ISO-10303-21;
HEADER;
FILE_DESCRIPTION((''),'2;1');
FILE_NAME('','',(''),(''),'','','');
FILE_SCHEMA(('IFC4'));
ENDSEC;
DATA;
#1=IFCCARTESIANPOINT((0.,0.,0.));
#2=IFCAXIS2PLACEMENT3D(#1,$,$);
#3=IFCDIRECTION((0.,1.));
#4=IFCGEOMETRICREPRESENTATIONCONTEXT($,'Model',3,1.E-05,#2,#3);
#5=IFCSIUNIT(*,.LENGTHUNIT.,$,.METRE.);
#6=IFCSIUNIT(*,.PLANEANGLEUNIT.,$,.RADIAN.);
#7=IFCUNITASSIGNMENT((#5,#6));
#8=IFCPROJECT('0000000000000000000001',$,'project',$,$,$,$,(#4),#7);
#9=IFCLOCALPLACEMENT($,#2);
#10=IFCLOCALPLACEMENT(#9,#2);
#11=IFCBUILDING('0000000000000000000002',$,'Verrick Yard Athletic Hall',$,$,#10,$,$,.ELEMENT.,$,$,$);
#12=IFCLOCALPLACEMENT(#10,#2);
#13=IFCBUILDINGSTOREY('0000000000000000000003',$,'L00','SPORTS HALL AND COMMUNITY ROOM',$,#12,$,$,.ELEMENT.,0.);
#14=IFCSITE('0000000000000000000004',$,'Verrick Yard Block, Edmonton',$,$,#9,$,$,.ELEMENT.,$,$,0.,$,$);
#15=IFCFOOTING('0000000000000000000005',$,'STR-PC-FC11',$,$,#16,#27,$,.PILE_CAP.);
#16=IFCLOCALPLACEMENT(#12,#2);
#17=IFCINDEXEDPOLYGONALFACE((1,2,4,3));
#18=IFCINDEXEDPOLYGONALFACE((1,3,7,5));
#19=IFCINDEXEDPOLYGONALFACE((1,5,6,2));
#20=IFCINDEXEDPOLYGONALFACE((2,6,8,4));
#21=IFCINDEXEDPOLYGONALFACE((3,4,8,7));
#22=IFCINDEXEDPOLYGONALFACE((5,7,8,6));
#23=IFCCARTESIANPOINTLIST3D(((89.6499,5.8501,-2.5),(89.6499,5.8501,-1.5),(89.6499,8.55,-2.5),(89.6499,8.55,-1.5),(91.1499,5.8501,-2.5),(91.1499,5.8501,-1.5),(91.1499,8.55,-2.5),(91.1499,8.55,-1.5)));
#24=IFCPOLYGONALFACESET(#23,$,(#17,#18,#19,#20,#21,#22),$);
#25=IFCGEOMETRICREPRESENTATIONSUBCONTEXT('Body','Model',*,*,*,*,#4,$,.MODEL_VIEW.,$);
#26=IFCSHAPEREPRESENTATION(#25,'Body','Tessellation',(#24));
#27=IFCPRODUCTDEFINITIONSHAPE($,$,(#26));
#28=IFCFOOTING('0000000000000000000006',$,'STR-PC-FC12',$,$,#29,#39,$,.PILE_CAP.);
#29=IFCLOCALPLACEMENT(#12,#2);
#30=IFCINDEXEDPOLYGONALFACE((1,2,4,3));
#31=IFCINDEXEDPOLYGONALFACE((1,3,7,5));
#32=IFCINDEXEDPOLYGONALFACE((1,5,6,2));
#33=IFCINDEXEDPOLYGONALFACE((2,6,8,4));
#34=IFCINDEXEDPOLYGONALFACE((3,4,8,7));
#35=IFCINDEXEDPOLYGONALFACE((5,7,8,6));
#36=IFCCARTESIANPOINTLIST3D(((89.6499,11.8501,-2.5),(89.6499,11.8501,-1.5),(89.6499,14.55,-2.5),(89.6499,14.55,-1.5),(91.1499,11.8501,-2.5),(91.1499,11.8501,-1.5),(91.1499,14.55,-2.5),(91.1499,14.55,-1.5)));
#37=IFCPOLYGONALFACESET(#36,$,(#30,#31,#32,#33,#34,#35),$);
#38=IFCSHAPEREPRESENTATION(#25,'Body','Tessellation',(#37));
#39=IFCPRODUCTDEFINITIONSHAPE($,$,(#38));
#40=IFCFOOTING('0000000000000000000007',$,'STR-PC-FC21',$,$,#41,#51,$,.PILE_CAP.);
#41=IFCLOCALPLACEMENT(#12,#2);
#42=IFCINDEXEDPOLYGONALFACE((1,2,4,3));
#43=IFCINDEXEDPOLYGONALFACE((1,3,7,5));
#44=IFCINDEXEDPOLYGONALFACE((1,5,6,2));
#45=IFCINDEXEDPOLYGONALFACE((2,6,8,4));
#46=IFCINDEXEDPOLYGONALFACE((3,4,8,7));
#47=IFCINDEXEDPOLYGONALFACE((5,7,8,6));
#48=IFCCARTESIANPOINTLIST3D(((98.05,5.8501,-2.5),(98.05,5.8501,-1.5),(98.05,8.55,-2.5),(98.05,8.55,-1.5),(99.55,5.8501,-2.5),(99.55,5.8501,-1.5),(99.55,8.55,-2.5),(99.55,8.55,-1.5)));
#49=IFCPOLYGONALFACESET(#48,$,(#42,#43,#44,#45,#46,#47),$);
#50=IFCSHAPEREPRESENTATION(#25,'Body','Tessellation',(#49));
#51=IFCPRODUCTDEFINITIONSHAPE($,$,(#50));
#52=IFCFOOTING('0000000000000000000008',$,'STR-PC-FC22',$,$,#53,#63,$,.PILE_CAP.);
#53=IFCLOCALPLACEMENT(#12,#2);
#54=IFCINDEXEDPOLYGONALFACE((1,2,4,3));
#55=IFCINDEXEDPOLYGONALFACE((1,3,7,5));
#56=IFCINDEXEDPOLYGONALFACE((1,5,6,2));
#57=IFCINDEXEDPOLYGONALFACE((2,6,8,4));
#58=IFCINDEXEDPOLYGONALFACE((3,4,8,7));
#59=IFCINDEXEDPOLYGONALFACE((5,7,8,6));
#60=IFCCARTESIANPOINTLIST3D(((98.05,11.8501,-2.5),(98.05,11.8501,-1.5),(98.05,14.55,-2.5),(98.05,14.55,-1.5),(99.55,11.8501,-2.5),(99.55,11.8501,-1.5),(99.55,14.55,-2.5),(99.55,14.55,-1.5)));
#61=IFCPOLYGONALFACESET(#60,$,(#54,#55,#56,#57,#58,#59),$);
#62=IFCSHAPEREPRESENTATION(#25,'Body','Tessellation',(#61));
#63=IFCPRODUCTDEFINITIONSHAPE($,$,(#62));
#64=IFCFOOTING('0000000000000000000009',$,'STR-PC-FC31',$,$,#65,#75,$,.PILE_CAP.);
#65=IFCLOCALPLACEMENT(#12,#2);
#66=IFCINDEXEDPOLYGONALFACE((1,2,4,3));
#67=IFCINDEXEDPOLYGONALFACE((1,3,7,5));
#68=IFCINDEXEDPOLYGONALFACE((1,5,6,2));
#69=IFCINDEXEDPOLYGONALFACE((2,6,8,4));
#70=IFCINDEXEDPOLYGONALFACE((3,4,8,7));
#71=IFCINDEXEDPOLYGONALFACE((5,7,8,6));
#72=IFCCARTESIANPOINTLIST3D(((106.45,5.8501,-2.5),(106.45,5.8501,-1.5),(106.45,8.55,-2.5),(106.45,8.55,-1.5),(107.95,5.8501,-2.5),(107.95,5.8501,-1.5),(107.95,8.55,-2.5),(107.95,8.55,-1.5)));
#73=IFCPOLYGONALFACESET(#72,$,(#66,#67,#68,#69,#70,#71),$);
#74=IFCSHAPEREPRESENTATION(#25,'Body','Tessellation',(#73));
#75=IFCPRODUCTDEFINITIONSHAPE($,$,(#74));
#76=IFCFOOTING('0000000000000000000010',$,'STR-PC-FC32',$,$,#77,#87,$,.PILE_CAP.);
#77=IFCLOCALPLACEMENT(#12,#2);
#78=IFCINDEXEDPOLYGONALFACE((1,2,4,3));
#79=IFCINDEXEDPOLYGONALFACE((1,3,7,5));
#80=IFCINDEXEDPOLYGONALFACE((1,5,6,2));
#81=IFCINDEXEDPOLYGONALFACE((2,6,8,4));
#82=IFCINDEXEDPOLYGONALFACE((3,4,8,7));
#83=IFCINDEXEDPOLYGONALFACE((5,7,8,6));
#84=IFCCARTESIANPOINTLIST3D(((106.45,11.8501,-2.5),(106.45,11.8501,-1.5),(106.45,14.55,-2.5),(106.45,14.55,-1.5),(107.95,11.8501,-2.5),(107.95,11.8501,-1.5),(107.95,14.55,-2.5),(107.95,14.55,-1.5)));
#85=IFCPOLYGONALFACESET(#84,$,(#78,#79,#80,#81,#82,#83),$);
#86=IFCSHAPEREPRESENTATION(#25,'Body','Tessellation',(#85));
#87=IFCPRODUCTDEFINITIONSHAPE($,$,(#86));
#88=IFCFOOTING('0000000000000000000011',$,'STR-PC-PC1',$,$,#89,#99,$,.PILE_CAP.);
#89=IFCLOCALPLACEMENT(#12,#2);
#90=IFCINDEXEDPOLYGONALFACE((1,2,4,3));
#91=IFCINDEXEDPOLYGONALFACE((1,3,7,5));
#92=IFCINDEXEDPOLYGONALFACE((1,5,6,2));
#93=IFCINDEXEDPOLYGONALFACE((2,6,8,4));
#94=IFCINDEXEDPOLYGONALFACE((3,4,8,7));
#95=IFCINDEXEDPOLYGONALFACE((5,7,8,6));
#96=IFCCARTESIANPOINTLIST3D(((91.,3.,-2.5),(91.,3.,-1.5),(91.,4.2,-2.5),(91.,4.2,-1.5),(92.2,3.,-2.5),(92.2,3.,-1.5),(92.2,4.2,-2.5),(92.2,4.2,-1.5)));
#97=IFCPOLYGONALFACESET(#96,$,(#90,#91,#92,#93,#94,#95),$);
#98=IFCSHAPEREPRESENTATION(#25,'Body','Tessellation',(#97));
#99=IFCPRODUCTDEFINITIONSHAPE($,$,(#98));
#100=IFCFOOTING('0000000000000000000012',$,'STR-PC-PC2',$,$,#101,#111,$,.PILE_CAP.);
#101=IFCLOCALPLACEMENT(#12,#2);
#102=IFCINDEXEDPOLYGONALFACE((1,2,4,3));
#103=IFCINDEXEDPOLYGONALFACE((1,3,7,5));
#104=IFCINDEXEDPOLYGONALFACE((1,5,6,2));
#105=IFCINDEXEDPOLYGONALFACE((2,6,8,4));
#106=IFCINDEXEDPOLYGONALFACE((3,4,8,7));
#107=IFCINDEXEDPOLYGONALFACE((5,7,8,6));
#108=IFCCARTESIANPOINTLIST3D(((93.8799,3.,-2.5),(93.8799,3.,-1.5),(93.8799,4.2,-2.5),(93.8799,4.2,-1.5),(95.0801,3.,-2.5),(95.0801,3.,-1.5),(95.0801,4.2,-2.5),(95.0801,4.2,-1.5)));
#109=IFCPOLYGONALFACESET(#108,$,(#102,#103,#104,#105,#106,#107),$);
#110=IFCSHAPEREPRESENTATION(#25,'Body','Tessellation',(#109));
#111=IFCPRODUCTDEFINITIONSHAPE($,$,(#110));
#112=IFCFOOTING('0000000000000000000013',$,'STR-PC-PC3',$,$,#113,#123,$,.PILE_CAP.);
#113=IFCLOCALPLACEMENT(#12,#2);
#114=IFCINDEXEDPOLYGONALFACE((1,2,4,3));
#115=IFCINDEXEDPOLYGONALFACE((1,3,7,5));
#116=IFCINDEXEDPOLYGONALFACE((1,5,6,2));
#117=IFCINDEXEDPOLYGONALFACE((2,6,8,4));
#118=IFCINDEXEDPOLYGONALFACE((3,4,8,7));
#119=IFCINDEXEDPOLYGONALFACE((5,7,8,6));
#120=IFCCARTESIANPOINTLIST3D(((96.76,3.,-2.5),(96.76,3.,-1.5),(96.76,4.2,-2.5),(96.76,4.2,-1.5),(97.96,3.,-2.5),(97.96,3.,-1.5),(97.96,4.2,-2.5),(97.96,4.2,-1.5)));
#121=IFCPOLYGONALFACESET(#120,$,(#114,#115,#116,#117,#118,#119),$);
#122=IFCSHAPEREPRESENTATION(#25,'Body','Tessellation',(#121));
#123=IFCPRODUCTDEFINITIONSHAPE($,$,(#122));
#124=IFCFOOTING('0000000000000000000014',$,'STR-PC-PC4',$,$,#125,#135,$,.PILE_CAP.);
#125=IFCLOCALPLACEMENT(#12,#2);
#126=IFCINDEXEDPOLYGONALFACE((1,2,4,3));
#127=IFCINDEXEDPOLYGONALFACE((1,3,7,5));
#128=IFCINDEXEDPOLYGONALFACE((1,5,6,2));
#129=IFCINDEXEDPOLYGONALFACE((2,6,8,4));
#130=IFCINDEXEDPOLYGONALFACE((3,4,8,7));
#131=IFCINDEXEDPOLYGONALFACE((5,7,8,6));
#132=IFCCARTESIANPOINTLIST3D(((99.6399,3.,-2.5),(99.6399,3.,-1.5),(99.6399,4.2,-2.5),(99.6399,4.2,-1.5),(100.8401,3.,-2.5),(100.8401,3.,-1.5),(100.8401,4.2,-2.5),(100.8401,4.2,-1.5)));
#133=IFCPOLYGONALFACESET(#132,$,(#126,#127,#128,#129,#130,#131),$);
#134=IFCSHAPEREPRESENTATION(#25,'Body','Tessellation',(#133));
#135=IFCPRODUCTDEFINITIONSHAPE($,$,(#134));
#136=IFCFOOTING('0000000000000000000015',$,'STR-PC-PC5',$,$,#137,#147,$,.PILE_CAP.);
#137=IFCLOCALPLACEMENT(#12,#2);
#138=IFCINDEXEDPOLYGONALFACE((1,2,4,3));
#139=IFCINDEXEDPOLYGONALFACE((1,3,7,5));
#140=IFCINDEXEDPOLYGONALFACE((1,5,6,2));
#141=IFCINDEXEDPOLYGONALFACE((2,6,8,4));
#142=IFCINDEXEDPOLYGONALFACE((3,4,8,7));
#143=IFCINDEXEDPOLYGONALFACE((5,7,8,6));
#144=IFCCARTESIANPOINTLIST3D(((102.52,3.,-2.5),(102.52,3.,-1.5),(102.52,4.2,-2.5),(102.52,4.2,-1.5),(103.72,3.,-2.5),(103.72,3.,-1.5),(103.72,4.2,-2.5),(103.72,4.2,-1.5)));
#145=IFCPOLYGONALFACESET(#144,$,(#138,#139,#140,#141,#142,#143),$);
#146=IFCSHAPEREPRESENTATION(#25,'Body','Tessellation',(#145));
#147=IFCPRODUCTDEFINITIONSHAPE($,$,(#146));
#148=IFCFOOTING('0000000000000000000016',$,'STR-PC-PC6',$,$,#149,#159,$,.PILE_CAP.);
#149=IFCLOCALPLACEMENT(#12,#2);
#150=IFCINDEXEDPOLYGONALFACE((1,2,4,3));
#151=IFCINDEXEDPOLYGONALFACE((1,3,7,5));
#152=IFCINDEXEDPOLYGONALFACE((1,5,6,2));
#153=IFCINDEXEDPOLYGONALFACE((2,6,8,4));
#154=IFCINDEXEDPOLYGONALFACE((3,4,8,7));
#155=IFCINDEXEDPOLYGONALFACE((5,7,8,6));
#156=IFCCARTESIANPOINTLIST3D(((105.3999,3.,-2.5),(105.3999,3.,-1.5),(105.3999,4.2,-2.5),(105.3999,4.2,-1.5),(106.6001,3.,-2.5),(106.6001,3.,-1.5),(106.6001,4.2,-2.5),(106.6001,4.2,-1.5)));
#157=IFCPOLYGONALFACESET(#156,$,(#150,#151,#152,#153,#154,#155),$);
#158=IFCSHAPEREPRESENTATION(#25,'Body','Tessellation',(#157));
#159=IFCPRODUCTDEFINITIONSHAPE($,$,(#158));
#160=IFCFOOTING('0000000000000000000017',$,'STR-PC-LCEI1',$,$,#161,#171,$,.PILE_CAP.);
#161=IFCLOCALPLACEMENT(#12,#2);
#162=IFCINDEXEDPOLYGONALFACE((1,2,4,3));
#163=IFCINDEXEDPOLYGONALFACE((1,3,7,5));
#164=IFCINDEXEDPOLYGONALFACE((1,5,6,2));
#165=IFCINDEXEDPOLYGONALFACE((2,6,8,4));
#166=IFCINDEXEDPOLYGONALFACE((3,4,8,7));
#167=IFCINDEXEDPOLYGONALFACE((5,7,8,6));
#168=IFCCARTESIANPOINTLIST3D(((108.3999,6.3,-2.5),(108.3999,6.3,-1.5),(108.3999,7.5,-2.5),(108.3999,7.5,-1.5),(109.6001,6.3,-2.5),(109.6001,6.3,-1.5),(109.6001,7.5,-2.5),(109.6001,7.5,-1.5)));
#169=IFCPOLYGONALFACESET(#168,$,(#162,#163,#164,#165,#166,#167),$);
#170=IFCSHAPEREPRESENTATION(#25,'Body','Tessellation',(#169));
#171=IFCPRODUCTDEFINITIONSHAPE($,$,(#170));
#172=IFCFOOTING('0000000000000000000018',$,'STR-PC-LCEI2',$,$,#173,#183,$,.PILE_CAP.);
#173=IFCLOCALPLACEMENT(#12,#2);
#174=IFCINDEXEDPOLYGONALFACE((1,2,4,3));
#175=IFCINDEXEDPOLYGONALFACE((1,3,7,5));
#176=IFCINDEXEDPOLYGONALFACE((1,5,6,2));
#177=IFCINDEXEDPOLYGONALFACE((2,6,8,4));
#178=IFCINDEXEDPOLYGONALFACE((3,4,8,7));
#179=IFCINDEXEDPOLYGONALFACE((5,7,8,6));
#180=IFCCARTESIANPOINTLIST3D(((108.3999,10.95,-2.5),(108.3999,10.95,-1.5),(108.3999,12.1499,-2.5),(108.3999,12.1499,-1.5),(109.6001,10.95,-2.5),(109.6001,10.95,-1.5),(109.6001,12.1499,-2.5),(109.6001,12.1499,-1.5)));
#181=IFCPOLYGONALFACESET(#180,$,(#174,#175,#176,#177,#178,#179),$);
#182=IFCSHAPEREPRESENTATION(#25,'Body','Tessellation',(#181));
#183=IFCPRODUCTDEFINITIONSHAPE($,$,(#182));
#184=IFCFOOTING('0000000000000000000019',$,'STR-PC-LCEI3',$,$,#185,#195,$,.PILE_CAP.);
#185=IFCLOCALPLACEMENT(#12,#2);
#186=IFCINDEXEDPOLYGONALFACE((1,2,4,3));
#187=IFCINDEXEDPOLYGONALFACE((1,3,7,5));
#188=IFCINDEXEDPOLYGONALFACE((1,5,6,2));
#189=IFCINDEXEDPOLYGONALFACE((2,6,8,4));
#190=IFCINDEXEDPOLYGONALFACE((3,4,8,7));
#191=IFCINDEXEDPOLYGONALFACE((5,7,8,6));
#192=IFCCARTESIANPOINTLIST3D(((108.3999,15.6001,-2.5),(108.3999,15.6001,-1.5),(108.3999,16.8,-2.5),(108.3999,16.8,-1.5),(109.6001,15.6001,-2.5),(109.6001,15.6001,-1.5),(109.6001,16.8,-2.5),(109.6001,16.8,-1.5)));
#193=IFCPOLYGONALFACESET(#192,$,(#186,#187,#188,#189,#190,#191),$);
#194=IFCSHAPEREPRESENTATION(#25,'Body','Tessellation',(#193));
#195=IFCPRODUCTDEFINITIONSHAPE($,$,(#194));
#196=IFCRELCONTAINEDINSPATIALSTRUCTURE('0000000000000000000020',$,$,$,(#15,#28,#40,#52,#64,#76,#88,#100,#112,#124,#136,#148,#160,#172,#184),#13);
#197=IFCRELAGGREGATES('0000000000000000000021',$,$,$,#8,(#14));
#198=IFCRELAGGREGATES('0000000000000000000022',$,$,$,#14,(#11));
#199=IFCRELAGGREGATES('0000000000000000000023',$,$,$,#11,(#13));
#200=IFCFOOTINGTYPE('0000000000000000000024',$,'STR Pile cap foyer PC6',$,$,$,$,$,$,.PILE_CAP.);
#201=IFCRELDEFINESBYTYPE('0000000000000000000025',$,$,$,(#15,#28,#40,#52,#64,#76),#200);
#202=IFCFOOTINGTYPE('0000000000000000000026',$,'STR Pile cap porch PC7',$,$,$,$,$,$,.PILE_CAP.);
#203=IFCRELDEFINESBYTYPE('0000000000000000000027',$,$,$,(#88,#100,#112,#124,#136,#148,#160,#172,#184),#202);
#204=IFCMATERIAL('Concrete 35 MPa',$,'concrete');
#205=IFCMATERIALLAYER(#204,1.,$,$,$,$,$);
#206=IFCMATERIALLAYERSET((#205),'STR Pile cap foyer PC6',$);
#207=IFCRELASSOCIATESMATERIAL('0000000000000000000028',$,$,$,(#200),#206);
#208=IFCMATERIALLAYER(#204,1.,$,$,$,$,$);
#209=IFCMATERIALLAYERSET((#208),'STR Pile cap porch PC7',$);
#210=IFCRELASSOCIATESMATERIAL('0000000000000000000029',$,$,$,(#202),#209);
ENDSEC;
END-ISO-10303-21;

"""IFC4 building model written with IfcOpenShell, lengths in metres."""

from ifc_helpers import new_model, si_unit, direction, frame, origin, place, context, subcontext, project, spatial, polyline, outline, extrude, material, layer, layer_set, type_object, element, save


model = new_model("IFC4")

# Units and contexts
model_context = context("Model", 3, precision=1e-05, world=origin(), true_north=direction((0.0, 1.0)))
body_context = subcontext(model_context, "Body", "Model", "MODEL_VIEW")
ifc_project = project(units=[si_unit("LENGTHUNIT", "METRE"), si_unit("PLANEANGLEUNIT", "RADIAN")], contexts=[model_context])

# Site, building, storey
site_placement = place(None, origin())
site = spatial("IfcSite", under=ifc_project, at=site_placement, Name="Verrick Yard Block, Edmonton", CompositionType="ELEMENT", RefElevation=0.0)
building_placement = place(site_placement, origin())
building = spatial("IfcBuilding", under=site, at=building_placement, Name="Verrick Yard Athletic Hall", CompositionType="ELEMENT")
storey_placement = place(building_placement, origin())
storey = spatial("IfcBuildingStorey", under=building, at=storey_placement, Name="L00", Description="SPORTS HALL AND COMMUNITY ROOM", CompositionType="ELEMENT", Elevation=0.0)

# Footings
ifc_material = material(Name="Concrete 35 MPa", Category="concrete")
ifc_layer_1 = layer(ifc_material, 1.0)
ifc_layer_set_1 = layer_set([ifc_layer_1], Name="STR Pile cap foyer PC6")
footing_type_1 = type_object("IfcFootingType", Name="STR Pile cap foyer PC6", PredefinedType="PILE_CAP", material=ifc_layer_set_1)
footing_1_placement = place(storey_placement, frame((0.0, 0.0, -2.5)))
element("IfcFooting", 1, at=footing_1_placement, inside=storey, type_object=footing_type_1, Name="STR-PC-FC11", PredefinedType="PILE_CAP", context=body_context, shape_type="SweptSolid", body=[
    extrude(outline(polyline([(89.6499, 5.8501), (91.1499, 5.8501), (91.1499, 8.55), (89.6499, 8.55), (89.6499, 5.8501)])), origin(), (0.0, 0.0, 1.0), 1.0),
])
footing_2_placement = place(storey_placement, frame((0.0, 0.0, -2.5)))
element("IfcFooting", 2, at=footing_2_placement, inside=storey, type_object=footing_type_1, Name="STR-PC-FC12", PredefinedType="PILE_CAP", context=body_context, shape_type="SweptSolid", body=[
    extrude(outline(polyline([(89.6499, 11.8501), (91.1499, 11.8501), (91.1499, 14.55), (89.6499, 14.55), (89.6499, 11.8501)])), origin(), (0.0, 0.0, 1.0), 1.0),
])
footing_3_placement = place(storey_placement, frame((0.0, 0.0, -2.5)))
element("IfcFooting", 3, at=footing_3_placement, inside=storey, type_object=footing_type_1, Name="STR-PC-FC21", PredefinedType="PILE_CAP", context=body_context, shape_type="SweptSolid", body=[
    extrude(outline(polyline([(98.05, 5.8501), (99.55, 5.8501), (99.55, 8.55), (98.05, 8.55), (98.05, 5.8501)])), origin(), (0.0, 0.0, 1.0), 1.0),
])
footing_4_placement = place(storey_placement, frame((0.0, 0.0, -2.5)))
element("IfcFooting", 4, at=footing_4_placement, inside=storey, type_object=footing_type_1, Name="STR-PC-FC22", PredefinedType="PILE_CAP", context=body_context, shape_type="SweptSolid", body=[
    extrude(outline(polyline([(98.05, 11.8501), (99.55, 11.8501), (99.55, 14.55), (98.05, 14.55), (98.05, 11.8501)])), origin(), (0.0, 0.0, 1.0), 1.0),
])
footing_5_placement = place(storey_placement, frame((0.0, 0.0, -2.5)))
element("IfcFooting", 5, at=footing_5_placement, inside=storey, type_object=footing_type_1, Name="STR-PC-FC31", PredefinedType="PILE_CAP", context=body_context, shape_type="SweptSolid", body=[
    extrude(outline(polyline([(106.45, 5.8501), (107.95, 5.8501), (107.95, 8.55), (106.45, 8.55), (106.45, 5.8501)])), origin(), (0.0, 0.0, 1.0), 1.0),
])
footing_6_placement = place(storey_placement, frame((0.0, 0.0, -2.5)))
element("IfcFooting", 6, at=footing_6_placement, inside=storey, type_object=footing_type_1, Name="STR-PC-FC32", PredefinedType="PILE_CAP", context=body_context, shape_type="SweptSolid", body=[
    extrude(outline(polyline([(106.45, 11.8501), (107.95, 11.8501), (107.95, 14.55), (106.45, 14.55), (106.45, 11.8501)])), origin(), (0.0, 0.0, 1.0), 1.0),
])
ifc_layer_2 = layer(ifc_material, 1.0)
ifc_layer_set_2 = layer_set([ifc_layer_2], Name="STR Pile cap porch PC7")
footing_type_2 = type_object("IfcFootingType", Name="STR Pile cap porch PC7", PredefinedType="PILE_CAP", material=ifc_layer_set_2)
footing_7_placement = place(storey_placement, frame((0.0, 0.0, -2.5)))
element("IfcFooting", 7, at=footing_7_placement, inside=storey, type_object=footing_type_2, Name="STR-PC-PC1", PredefinedType="PILE_CAP", context=body_context, shape_type="SweptSolid", body=[
    extrude(outline(polyline([(91.0, 3.0), (92.2, 3.0), (92.2, 4.2), (91.0, 4.2), (91.0, 3.0)])), origin(), (0.0, 0.0, 1.0), 1.0),
])
footing_8_placement = place(storey_placement, frame((0.0, 0.0, -2.5)))
element("IfcFooting", 8, at=footing_8_placement, inside=storey, type_object=footing_type_2, Name="STR-PC-PC2", PredefinedType="PILE_CAP", context=body_context, shape_type="SweptSolid", body=[
    extrude(outline(polyline([(93.8799, 3.0), (95.0801, 3.0), (95.0801, 4.2), (93.8799, 4.2), (93.8799, 3.0)])), origin(), (0.0, 0.0, 1.0), 1.0),
])
footing_9_placement = place(storey_placement, frame((0.0, 0.0, -2.5)))
element("IfcFooting", 9, at=footing_9_placement, inside=storey, type_object=footing_type_2, Name="STR-PC-PC3", PredefinedType="PILE_CAP", context=body_context, shape_type="SweptSolid", body=[
    extrude(outline(polyline([(96.76, 3.0), (97.96, 3.0), (97.96, 4.2), (96.76, 4.2), (96.76, 3.0)])), origin(), (0.0, 0.0, 1.0), 1.0),
])
footing_10_placement = place(storey_placement, frame((0.0, 0.0, -2.5)))
element("IfcFooting", 10, at=footing_10_placement, inside=storey, type_object=footing_type_2, Name="STR-PC-PC4", PredefinedType="PILE_CAP", context=body_context, shape_type="SweptSolid", body=[
    extrude(outline(polyline([(99.6399, 3.0), (100.8401, 3.0), (100.8401, 4.2), (99.6399, 4.2), (99.6399, 3.0)])), origin(), (0.0, 0.0, 1.0), 1.0),
])
footing_11_placement = place(storey_placement, frame((0.0, 0.0, -2.5)))
element("IfcFooting", 11, at=footing_11_placement, inside=storey, type_object=footing_type_2, Name="STR-PC-PC5", PredefinedType="PILE_CAP", context=body_context, shape_type="SweptSolid", body=[
    extrude(outline(polyline([(102.52, 3.0), (103.72, 3.0), (103.72, 4.2), (102.52, 4.2), (102.52, 3.0)])), origin(), (0.0, 0.0, 1.0), 1.0),
])
footing_12_placement = place(storey_placement, frame((0.0, 0.0, -2.5)))
element("IfcFooting", 12, at=footing_12_placement, inside=storey, type_object=footing_type_2, Name="STR-PC-PC6", PredefinedType="PILE_CAP", context=body_context, shape_type="SweptSolid", body=[
    extrude(outline(polyline([(105.3999, 3.0), (106.6001, 3.0), (106.6001, 4.2), (105.3999, 4.2), (105.3999, 3.0)])), origin(), (0.0, 0.0, 1.0), 1.0),
])
footing_13_placement = place(storey_placement, frame((0.0, 0.0, -2.5)))
element("IfcFooting", 13, at=footing_13_placement, inside=storey, type_object=footing_type_2, Name="STR-PC-LCEI1", PredefinedType="PILE_CAP", context=body_context, shape_type="SweptSolid", body=[
    extrude(outline(polyline([(108.3999, 6.3), (109.6001, 6.3), (109.6001, 7.5), (108.3999, 7.5), (108.3999, 6.3)])), origin(), (0.0, 0.0, 1.0), 1.0),
])
footing_14_placement = place(storey_placement, frame((0.0, 0.0, -2.5)))
element("IfcFooting", 14, at=footing_14_placement, inside=storey, type_object=footing_type_2, Name="STR-PC-LCEI2", PredefinedType="PILE_CAP", context=body_context, shape_type="SweptSolid", body=[
    extrude(outline(polyline([(108.3999, 10.95), (109.6001, 10.95), (109.6001, 12.1499), (108.3999, 12.1499), (108.3999, 10.95)])), origin(), (0.0, 0.0, 1.0), 1.0),
])
footing_15_placement = place(storey_placement, frame((0.0, 0.0, -2.5)))
element("IfcFooting", 15, at=footing_15_placement, inside=storey, type_object=footing_type_2, Name="STR-PC-LCEI3", PredefinedType="PILE_CAP", context=body_context, shape_type="SweptSolid", body=[
    extrude(outline(polyline([(108.3999, 15.6001), (109.6001, 15.6001), (109.6001, 16.8), (108.3999, 16.8), (108.3999, 15.6001)])), origin(), (0.0, 0.0, 1.0), 1.0),
])

save(model, "model.ifc")
